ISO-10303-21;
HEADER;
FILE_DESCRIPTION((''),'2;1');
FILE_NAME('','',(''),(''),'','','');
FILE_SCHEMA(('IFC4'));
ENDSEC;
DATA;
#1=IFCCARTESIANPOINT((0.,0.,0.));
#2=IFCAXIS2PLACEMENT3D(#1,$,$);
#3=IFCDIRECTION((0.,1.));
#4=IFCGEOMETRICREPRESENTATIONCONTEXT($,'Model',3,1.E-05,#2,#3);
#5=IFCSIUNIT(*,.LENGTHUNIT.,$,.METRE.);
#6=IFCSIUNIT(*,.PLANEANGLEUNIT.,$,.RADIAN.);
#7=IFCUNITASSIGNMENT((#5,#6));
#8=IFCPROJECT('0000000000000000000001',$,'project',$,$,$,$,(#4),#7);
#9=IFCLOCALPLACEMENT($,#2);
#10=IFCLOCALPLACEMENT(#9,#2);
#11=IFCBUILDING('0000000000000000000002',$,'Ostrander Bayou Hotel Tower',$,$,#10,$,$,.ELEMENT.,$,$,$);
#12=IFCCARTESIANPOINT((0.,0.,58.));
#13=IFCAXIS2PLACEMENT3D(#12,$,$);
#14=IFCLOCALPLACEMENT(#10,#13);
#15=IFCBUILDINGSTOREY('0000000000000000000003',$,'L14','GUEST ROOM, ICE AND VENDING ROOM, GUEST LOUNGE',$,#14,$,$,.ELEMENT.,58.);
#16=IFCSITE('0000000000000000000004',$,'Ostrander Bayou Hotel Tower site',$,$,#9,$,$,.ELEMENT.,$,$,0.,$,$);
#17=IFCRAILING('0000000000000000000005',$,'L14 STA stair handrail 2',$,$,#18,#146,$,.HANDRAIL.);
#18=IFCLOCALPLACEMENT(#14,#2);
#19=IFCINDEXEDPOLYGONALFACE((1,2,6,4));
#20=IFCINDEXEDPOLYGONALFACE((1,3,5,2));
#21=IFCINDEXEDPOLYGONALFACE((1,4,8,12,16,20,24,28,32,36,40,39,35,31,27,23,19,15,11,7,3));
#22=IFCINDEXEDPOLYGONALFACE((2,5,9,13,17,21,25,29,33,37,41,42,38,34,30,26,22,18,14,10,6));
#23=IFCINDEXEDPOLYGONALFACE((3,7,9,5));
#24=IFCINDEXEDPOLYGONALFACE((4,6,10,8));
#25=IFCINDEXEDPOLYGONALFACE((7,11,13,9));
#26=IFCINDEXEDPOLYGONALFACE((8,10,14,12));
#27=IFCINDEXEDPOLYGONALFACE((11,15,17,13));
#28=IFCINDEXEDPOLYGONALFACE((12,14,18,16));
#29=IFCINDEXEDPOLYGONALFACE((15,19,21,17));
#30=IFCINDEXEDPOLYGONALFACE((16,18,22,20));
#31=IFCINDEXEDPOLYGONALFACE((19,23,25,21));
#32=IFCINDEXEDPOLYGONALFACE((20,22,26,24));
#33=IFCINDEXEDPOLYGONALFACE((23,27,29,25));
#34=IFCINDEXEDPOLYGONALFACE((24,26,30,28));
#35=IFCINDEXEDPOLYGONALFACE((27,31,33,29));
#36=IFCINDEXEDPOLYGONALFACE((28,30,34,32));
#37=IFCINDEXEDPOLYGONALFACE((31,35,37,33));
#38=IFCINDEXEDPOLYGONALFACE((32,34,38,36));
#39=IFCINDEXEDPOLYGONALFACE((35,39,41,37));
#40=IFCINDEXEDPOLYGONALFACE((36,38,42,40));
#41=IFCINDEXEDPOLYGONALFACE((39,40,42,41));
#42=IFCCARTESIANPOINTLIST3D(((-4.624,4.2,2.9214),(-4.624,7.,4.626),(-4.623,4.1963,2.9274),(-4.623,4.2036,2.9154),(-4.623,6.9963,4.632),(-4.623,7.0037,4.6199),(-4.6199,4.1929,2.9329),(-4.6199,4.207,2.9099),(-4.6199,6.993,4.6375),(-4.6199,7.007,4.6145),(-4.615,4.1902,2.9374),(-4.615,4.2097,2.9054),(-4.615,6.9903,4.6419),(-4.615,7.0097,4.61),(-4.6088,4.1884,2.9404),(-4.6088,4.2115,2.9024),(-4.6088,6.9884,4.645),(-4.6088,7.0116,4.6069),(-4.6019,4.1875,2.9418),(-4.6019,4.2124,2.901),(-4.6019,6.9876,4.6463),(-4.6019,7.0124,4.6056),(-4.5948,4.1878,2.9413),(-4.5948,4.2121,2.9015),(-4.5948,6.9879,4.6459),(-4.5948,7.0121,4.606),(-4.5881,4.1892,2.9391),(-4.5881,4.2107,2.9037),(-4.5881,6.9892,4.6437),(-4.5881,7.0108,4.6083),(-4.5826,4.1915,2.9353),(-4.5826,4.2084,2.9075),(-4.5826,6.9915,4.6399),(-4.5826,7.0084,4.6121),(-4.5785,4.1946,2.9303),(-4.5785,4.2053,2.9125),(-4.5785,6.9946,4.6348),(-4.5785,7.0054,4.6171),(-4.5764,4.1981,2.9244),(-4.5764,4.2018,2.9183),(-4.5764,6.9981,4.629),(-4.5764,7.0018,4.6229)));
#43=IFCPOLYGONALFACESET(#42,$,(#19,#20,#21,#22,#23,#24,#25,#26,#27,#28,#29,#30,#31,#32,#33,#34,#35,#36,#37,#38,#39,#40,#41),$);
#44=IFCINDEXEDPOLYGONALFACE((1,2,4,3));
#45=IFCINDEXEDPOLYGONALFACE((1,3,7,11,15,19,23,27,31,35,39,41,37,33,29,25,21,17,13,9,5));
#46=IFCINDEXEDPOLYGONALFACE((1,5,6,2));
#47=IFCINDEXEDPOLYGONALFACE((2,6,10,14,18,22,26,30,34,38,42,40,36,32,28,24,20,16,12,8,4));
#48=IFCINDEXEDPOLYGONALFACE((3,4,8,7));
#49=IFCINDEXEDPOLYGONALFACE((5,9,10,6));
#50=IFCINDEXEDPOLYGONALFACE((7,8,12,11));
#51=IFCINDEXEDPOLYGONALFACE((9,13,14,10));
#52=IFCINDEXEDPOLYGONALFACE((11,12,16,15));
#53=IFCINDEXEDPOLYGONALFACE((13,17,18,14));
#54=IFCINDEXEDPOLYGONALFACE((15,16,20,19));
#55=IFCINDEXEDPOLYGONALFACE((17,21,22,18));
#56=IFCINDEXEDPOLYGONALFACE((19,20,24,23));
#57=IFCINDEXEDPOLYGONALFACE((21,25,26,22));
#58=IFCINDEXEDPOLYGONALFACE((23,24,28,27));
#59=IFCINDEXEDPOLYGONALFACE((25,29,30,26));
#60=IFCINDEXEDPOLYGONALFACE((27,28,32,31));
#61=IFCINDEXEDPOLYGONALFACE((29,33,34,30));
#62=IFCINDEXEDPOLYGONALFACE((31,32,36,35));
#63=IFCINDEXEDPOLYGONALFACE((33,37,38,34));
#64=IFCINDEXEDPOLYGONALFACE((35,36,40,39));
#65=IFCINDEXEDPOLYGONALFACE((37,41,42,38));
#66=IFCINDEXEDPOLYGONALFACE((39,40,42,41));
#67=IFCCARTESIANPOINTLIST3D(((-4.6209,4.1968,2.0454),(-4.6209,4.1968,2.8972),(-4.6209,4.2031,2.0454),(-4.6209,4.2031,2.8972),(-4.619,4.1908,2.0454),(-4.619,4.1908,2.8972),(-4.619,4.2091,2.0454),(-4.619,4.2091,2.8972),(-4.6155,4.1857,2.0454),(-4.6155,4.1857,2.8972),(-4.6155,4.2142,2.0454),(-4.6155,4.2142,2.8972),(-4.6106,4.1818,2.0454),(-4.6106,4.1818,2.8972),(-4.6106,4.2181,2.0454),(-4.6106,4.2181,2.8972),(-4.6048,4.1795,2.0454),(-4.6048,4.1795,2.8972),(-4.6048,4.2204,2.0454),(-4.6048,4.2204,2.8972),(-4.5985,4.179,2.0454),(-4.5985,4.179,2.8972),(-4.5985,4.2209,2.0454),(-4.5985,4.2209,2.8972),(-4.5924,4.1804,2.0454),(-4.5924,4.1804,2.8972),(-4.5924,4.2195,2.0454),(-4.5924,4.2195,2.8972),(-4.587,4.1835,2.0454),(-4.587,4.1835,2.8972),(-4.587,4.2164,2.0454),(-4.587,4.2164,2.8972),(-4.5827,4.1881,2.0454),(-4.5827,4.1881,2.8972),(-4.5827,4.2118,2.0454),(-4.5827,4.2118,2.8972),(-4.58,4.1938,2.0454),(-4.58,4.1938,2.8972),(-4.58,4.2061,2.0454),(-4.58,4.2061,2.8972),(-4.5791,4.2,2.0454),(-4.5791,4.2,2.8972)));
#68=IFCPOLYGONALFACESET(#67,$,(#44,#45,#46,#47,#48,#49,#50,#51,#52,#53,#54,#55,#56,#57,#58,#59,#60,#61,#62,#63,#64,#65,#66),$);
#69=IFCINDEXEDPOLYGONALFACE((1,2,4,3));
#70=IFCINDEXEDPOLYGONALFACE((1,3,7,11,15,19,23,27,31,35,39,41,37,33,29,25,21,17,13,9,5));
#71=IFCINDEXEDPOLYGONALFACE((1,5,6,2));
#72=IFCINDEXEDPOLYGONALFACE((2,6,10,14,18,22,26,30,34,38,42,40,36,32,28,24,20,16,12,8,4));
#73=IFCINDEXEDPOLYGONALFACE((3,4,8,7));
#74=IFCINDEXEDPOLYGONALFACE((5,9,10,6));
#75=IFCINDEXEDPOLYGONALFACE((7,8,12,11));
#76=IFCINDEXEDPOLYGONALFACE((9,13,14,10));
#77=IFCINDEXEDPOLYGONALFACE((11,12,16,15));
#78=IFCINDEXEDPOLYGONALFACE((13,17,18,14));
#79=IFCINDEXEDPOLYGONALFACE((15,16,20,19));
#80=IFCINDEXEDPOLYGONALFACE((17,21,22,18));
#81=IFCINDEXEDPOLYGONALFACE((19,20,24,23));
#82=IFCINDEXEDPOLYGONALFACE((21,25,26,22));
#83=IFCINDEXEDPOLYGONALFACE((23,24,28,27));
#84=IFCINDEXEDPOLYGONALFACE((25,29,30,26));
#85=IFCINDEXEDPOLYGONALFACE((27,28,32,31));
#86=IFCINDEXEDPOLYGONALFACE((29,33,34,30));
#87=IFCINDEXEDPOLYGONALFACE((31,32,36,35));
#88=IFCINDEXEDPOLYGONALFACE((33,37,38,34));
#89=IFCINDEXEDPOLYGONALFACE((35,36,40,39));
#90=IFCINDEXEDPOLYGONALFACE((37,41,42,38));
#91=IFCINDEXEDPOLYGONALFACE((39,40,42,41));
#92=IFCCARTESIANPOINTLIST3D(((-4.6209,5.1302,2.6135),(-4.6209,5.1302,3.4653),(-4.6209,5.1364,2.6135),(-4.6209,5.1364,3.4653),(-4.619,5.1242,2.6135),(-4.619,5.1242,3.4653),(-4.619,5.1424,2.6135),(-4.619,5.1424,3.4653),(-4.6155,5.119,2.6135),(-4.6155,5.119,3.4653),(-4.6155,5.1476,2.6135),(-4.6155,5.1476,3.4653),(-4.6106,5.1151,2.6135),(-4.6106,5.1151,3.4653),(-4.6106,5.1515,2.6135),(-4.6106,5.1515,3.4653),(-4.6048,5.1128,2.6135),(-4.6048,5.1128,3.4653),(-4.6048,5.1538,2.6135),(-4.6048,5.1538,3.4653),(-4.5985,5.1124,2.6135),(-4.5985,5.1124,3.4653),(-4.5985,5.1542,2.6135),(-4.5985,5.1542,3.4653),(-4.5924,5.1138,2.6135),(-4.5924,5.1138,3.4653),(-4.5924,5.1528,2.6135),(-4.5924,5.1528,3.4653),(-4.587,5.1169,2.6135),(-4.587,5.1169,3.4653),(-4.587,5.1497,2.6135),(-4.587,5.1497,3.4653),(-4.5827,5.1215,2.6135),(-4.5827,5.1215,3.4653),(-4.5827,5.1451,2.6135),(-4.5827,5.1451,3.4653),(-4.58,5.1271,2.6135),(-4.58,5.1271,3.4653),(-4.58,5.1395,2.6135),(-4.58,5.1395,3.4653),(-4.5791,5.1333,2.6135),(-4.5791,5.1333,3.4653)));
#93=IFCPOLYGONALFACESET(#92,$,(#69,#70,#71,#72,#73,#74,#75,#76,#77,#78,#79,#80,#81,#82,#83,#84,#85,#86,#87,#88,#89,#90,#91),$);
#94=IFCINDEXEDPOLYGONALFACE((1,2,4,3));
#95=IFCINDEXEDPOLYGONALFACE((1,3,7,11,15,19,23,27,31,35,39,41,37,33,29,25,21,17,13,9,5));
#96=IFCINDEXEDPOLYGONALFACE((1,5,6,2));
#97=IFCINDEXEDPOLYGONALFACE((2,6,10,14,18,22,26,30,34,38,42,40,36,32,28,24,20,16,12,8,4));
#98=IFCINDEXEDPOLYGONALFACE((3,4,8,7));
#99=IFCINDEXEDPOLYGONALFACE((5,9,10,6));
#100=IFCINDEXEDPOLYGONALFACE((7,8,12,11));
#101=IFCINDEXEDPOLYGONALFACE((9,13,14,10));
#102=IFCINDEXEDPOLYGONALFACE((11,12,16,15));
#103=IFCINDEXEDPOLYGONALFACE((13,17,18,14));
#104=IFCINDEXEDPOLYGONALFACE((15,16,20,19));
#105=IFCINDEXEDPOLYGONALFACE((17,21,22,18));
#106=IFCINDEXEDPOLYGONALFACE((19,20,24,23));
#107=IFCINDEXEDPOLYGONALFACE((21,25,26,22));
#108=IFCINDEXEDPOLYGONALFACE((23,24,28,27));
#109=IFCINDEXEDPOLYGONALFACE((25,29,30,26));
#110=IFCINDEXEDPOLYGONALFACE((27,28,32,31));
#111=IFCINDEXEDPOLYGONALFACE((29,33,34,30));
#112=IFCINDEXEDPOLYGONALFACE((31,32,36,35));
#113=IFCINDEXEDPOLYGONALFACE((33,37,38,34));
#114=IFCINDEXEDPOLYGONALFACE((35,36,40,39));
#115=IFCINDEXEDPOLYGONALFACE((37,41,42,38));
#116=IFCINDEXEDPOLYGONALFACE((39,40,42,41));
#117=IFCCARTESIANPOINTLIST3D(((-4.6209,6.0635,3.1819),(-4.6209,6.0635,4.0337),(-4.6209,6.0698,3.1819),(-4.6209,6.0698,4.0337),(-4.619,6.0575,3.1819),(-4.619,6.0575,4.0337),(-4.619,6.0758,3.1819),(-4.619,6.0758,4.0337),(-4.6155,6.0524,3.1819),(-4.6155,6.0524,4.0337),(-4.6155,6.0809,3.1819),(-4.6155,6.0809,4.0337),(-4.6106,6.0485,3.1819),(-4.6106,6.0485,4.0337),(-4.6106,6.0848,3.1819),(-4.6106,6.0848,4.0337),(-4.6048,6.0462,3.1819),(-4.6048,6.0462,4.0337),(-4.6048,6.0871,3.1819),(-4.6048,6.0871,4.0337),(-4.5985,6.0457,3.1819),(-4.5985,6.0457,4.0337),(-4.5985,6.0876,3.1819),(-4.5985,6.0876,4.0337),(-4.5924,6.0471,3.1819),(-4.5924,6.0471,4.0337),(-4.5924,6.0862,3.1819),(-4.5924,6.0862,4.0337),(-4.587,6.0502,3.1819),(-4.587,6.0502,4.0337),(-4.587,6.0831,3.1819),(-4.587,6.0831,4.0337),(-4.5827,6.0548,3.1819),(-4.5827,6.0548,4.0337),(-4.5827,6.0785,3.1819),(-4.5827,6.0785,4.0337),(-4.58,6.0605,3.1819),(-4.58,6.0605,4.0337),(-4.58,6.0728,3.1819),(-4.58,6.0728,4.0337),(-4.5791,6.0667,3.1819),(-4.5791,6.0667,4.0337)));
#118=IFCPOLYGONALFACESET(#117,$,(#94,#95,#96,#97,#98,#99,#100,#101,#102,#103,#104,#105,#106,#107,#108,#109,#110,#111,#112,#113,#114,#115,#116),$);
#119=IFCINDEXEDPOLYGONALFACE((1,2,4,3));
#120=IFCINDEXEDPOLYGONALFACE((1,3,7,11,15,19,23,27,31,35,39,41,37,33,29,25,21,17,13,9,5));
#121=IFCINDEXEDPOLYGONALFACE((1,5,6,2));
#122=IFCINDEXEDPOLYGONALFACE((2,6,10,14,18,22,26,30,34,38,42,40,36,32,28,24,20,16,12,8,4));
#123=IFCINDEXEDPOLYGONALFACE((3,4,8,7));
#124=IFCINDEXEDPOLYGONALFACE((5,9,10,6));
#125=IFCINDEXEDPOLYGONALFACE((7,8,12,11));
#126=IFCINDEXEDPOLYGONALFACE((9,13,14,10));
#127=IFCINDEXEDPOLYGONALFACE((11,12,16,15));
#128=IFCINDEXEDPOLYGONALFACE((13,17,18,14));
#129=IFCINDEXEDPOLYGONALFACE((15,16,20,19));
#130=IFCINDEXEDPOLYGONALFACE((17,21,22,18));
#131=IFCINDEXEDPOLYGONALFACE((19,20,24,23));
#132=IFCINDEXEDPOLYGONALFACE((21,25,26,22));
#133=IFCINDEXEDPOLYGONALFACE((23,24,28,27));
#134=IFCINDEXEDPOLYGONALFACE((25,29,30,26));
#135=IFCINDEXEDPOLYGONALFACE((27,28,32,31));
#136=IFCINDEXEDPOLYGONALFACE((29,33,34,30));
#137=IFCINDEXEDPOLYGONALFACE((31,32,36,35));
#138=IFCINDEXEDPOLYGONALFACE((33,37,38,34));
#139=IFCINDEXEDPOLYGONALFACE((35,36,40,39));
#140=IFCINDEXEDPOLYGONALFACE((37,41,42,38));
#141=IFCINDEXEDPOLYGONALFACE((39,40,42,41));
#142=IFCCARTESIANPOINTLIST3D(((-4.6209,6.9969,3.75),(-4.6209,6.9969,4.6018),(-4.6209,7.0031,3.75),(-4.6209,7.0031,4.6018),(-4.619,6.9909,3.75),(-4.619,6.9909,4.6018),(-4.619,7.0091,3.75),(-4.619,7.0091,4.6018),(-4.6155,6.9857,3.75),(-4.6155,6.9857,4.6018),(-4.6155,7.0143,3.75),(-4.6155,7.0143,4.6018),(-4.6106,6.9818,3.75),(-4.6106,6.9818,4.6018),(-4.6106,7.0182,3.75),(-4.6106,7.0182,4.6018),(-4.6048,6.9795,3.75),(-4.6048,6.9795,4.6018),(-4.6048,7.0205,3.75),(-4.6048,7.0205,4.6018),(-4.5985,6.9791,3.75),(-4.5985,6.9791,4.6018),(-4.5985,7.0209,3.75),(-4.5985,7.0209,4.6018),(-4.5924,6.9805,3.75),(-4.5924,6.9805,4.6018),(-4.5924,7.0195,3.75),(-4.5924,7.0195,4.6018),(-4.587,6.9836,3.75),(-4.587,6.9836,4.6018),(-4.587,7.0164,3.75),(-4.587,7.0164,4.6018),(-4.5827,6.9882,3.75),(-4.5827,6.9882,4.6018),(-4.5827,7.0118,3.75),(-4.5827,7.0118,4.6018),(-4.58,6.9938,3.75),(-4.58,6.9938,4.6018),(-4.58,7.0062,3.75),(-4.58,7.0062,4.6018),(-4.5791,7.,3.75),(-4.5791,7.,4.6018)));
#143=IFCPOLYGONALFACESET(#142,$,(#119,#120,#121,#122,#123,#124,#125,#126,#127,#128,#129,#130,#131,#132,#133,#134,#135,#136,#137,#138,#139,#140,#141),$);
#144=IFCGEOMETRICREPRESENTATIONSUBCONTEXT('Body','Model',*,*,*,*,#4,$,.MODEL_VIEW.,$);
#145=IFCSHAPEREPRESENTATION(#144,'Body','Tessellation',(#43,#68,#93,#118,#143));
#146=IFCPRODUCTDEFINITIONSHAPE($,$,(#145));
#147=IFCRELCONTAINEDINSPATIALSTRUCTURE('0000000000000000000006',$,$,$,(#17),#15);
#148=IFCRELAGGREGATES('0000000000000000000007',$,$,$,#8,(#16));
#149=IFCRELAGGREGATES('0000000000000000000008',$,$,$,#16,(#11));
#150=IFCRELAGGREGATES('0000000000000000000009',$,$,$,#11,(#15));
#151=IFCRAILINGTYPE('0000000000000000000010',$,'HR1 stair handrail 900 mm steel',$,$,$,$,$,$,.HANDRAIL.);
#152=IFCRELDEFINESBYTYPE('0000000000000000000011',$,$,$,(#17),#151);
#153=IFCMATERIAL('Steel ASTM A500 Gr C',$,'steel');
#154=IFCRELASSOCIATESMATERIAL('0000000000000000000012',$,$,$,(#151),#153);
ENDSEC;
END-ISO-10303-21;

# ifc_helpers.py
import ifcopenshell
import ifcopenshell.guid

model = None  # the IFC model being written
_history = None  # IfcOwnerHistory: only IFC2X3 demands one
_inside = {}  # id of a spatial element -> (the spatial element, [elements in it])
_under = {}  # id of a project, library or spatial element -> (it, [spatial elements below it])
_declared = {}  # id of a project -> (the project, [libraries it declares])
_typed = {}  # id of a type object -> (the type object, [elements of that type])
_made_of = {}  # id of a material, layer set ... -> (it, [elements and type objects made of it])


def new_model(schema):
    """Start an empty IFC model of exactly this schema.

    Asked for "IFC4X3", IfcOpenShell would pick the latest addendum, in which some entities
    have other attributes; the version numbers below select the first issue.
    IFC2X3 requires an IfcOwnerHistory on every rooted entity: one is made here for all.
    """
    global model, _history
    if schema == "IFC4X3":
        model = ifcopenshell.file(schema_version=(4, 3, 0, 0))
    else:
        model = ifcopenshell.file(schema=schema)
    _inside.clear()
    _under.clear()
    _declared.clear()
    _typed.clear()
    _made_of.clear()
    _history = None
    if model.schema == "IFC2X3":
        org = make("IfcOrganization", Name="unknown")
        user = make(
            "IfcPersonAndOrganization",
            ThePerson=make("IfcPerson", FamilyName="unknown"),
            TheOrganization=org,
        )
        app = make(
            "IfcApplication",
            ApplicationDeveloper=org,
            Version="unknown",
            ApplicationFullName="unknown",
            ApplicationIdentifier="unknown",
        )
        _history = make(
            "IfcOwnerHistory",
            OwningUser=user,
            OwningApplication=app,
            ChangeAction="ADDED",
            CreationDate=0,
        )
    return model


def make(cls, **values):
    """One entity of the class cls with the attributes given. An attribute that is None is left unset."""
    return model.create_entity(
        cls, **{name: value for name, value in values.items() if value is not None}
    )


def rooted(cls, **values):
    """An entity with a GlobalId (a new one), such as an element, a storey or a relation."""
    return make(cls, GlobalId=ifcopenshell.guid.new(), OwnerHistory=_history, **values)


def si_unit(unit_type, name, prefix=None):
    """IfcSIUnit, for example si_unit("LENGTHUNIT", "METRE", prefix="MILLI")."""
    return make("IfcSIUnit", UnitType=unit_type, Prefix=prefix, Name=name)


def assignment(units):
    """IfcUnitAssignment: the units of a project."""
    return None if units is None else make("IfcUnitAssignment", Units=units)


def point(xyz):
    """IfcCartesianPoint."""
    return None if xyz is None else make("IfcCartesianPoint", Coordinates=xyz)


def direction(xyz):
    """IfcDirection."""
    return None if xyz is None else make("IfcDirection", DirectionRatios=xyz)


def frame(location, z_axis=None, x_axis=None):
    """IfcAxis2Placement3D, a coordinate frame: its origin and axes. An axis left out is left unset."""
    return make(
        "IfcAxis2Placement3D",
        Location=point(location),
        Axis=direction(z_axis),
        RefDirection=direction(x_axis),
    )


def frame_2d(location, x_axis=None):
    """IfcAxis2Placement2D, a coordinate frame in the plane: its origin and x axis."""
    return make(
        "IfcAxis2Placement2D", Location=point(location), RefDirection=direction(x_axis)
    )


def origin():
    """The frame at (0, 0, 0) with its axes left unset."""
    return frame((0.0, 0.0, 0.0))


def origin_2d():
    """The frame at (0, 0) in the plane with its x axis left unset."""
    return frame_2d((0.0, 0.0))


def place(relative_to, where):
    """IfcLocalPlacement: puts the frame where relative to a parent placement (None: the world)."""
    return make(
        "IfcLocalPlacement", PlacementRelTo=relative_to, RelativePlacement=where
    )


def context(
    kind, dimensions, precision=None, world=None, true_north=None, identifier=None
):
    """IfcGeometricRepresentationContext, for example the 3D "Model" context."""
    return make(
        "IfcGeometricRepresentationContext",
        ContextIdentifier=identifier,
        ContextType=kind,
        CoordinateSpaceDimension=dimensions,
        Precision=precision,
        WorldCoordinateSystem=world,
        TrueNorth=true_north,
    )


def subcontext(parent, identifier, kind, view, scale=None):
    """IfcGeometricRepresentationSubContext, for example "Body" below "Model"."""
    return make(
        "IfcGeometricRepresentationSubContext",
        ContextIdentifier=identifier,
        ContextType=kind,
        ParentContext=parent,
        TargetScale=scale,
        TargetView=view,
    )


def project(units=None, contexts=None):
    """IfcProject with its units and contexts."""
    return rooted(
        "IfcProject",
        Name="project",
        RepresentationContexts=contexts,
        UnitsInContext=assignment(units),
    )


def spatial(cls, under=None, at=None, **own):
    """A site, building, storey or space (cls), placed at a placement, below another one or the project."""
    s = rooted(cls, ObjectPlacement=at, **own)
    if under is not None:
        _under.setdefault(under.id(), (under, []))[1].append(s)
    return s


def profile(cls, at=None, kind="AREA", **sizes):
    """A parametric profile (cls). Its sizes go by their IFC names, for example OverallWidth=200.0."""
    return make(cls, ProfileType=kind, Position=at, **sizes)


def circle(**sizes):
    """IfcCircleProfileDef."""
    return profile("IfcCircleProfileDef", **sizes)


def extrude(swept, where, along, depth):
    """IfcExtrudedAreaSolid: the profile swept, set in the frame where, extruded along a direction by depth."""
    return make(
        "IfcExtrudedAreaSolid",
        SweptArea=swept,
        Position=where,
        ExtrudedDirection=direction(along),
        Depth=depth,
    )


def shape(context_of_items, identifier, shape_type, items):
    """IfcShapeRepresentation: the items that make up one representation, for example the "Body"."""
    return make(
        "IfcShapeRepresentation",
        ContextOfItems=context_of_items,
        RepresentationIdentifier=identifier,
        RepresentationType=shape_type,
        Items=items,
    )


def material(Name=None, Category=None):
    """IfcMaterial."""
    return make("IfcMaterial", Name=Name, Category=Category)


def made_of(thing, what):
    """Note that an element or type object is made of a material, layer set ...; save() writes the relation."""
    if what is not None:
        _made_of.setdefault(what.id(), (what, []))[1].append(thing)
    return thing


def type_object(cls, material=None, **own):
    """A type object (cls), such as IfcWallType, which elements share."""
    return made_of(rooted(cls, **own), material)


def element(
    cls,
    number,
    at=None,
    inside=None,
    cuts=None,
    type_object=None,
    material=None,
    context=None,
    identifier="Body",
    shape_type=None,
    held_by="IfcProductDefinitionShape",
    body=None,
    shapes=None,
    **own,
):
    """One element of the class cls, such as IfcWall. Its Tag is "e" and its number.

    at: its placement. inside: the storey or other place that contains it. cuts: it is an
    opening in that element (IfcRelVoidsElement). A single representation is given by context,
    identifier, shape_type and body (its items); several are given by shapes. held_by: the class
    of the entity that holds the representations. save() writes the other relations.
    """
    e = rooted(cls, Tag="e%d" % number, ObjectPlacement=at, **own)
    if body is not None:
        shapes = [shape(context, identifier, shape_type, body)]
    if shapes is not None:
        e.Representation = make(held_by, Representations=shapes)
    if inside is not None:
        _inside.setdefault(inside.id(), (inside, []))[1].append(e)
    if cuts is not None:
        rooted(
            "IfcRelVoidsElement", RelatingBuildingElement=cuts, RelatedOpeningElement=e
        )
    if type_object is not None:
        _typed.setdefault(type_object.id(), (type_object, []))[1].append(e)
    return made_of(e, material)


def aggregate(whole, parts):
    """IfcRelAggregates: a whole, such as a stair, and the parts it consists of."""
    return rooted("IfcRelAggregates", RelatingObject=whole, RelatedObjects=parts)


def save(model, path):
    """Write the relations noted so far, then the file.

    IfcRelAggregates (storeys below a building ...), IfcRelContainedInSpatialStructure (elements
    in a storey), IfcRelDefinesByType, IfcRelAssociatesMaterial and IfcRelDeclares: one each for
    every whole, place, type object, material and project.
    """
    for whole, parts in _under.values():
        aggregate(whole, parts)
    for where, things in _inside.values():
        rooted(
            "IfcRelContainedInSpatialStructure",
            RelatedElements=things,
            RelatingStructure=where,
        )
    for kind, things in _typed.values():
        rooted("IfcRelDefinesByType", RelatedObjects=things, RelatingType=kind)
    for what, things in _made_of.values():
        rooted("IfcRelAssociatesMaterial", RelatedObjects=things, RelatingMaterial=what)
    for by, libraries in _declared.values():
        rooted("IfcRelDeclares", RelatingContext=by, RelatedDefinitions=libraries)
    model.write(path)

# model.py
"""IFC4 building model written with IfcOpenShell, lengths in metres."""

from ifc_helpers import new_model, si_unit, direction, frame, origin, origin_2d, place, context, subcontext, project, spatial, circle, extrude, material, type_object, element, save


model = new_model("IFC4")

# Units and contexts
model_context = context("Model", 3, precision=1e-05, world=origin(), true_north=direction((0.0, 1.0)))
body_context = subcontext(model_context, "Body", "Model", "MODEL_VIEW")
ifc_project = project(units=[si_unit("LENGTHUNIT", "METRE"), si_unit("PLANEANGLEUNIT", "RADIAN")], contexts=[model_context])

# Site, building, storey
site_placement = place(None, origin())
site = spatial("IfcSite", under=ifc_project, at=site_placement, Name="Ostrander Bayou Hotel Tower site", CompositionType="ELEMENT", RefElevation=0.0)
building_placement = place(site_placement, origin())
building = spatial("IfcBuilding", under=site, at=building_placement, Name="Ostrander Bayou Hotel Tower", CompositionType="ELEMENT")
storey_placement = place(building_placement, frame((0.0, 0.0, 58.0)))
storey = spatial("IfcBuildingStorey", under=building, at=storey_placement, Name="L14", Description="GUEST ROOM, ICE AND VENDING ROOM, GUEST LOUNGE", CompositionType="ELEMENT", Elevation=58.0)

# Railing
ifc_material_1 = material(Name="Steel ASTM A500 Gr C", Category="steel")
railing_type_1 = type_object("IfcRailingType", Name="HR1 stair handrail 900 mm steel", PredefinedType="HANDRAIL", material=ifc_material_1)
railing_1_placement = place(storey_placement, frame((-4.6001, 4.2, 2.0454)))
element("IfcRailing", 1, at=railing_1_placement, inside=storey, type_object=railing_type_1, Name="L14 STA stair handrail 2", PredefinedType="HANDRAIL", context=body_context, shape_type="SweptSolid", body=[
    extrude(circle(Radius=0.0239, at=origin_2d()), frame((0.0, 0.0, 0.876), z_axis=(0.0, 0.85417, 0.519994), x_axis=(-1.0, 0.0, 0.0)), (0.0, 0.0, 1.0), 3.2781),
    extrude(circle(Radius=0.021, at=origin_2d()), origin(), (0.0, 0.0, 1.0), 0.8518),
    extrude(circle(Radius=0.021, at=origin_2d()), frame((0.0, 0.9333, 0.5681)), (0.0, 0.0, 1.0), 0.8518),
    extrude(circle(Radius=0.021, at=origin_2d()), frame((0.0, 1.8667, 1.1365)), (0.0, 0.0, 1.0), 0.8518),
    extrude(circle(Radius=0.021, at=origin_2d()), frame((0.0, 2.8, 1.7046)), (0.0, 0.0, 1.0), 0.8518),
])

save(model, "model.ifc")
